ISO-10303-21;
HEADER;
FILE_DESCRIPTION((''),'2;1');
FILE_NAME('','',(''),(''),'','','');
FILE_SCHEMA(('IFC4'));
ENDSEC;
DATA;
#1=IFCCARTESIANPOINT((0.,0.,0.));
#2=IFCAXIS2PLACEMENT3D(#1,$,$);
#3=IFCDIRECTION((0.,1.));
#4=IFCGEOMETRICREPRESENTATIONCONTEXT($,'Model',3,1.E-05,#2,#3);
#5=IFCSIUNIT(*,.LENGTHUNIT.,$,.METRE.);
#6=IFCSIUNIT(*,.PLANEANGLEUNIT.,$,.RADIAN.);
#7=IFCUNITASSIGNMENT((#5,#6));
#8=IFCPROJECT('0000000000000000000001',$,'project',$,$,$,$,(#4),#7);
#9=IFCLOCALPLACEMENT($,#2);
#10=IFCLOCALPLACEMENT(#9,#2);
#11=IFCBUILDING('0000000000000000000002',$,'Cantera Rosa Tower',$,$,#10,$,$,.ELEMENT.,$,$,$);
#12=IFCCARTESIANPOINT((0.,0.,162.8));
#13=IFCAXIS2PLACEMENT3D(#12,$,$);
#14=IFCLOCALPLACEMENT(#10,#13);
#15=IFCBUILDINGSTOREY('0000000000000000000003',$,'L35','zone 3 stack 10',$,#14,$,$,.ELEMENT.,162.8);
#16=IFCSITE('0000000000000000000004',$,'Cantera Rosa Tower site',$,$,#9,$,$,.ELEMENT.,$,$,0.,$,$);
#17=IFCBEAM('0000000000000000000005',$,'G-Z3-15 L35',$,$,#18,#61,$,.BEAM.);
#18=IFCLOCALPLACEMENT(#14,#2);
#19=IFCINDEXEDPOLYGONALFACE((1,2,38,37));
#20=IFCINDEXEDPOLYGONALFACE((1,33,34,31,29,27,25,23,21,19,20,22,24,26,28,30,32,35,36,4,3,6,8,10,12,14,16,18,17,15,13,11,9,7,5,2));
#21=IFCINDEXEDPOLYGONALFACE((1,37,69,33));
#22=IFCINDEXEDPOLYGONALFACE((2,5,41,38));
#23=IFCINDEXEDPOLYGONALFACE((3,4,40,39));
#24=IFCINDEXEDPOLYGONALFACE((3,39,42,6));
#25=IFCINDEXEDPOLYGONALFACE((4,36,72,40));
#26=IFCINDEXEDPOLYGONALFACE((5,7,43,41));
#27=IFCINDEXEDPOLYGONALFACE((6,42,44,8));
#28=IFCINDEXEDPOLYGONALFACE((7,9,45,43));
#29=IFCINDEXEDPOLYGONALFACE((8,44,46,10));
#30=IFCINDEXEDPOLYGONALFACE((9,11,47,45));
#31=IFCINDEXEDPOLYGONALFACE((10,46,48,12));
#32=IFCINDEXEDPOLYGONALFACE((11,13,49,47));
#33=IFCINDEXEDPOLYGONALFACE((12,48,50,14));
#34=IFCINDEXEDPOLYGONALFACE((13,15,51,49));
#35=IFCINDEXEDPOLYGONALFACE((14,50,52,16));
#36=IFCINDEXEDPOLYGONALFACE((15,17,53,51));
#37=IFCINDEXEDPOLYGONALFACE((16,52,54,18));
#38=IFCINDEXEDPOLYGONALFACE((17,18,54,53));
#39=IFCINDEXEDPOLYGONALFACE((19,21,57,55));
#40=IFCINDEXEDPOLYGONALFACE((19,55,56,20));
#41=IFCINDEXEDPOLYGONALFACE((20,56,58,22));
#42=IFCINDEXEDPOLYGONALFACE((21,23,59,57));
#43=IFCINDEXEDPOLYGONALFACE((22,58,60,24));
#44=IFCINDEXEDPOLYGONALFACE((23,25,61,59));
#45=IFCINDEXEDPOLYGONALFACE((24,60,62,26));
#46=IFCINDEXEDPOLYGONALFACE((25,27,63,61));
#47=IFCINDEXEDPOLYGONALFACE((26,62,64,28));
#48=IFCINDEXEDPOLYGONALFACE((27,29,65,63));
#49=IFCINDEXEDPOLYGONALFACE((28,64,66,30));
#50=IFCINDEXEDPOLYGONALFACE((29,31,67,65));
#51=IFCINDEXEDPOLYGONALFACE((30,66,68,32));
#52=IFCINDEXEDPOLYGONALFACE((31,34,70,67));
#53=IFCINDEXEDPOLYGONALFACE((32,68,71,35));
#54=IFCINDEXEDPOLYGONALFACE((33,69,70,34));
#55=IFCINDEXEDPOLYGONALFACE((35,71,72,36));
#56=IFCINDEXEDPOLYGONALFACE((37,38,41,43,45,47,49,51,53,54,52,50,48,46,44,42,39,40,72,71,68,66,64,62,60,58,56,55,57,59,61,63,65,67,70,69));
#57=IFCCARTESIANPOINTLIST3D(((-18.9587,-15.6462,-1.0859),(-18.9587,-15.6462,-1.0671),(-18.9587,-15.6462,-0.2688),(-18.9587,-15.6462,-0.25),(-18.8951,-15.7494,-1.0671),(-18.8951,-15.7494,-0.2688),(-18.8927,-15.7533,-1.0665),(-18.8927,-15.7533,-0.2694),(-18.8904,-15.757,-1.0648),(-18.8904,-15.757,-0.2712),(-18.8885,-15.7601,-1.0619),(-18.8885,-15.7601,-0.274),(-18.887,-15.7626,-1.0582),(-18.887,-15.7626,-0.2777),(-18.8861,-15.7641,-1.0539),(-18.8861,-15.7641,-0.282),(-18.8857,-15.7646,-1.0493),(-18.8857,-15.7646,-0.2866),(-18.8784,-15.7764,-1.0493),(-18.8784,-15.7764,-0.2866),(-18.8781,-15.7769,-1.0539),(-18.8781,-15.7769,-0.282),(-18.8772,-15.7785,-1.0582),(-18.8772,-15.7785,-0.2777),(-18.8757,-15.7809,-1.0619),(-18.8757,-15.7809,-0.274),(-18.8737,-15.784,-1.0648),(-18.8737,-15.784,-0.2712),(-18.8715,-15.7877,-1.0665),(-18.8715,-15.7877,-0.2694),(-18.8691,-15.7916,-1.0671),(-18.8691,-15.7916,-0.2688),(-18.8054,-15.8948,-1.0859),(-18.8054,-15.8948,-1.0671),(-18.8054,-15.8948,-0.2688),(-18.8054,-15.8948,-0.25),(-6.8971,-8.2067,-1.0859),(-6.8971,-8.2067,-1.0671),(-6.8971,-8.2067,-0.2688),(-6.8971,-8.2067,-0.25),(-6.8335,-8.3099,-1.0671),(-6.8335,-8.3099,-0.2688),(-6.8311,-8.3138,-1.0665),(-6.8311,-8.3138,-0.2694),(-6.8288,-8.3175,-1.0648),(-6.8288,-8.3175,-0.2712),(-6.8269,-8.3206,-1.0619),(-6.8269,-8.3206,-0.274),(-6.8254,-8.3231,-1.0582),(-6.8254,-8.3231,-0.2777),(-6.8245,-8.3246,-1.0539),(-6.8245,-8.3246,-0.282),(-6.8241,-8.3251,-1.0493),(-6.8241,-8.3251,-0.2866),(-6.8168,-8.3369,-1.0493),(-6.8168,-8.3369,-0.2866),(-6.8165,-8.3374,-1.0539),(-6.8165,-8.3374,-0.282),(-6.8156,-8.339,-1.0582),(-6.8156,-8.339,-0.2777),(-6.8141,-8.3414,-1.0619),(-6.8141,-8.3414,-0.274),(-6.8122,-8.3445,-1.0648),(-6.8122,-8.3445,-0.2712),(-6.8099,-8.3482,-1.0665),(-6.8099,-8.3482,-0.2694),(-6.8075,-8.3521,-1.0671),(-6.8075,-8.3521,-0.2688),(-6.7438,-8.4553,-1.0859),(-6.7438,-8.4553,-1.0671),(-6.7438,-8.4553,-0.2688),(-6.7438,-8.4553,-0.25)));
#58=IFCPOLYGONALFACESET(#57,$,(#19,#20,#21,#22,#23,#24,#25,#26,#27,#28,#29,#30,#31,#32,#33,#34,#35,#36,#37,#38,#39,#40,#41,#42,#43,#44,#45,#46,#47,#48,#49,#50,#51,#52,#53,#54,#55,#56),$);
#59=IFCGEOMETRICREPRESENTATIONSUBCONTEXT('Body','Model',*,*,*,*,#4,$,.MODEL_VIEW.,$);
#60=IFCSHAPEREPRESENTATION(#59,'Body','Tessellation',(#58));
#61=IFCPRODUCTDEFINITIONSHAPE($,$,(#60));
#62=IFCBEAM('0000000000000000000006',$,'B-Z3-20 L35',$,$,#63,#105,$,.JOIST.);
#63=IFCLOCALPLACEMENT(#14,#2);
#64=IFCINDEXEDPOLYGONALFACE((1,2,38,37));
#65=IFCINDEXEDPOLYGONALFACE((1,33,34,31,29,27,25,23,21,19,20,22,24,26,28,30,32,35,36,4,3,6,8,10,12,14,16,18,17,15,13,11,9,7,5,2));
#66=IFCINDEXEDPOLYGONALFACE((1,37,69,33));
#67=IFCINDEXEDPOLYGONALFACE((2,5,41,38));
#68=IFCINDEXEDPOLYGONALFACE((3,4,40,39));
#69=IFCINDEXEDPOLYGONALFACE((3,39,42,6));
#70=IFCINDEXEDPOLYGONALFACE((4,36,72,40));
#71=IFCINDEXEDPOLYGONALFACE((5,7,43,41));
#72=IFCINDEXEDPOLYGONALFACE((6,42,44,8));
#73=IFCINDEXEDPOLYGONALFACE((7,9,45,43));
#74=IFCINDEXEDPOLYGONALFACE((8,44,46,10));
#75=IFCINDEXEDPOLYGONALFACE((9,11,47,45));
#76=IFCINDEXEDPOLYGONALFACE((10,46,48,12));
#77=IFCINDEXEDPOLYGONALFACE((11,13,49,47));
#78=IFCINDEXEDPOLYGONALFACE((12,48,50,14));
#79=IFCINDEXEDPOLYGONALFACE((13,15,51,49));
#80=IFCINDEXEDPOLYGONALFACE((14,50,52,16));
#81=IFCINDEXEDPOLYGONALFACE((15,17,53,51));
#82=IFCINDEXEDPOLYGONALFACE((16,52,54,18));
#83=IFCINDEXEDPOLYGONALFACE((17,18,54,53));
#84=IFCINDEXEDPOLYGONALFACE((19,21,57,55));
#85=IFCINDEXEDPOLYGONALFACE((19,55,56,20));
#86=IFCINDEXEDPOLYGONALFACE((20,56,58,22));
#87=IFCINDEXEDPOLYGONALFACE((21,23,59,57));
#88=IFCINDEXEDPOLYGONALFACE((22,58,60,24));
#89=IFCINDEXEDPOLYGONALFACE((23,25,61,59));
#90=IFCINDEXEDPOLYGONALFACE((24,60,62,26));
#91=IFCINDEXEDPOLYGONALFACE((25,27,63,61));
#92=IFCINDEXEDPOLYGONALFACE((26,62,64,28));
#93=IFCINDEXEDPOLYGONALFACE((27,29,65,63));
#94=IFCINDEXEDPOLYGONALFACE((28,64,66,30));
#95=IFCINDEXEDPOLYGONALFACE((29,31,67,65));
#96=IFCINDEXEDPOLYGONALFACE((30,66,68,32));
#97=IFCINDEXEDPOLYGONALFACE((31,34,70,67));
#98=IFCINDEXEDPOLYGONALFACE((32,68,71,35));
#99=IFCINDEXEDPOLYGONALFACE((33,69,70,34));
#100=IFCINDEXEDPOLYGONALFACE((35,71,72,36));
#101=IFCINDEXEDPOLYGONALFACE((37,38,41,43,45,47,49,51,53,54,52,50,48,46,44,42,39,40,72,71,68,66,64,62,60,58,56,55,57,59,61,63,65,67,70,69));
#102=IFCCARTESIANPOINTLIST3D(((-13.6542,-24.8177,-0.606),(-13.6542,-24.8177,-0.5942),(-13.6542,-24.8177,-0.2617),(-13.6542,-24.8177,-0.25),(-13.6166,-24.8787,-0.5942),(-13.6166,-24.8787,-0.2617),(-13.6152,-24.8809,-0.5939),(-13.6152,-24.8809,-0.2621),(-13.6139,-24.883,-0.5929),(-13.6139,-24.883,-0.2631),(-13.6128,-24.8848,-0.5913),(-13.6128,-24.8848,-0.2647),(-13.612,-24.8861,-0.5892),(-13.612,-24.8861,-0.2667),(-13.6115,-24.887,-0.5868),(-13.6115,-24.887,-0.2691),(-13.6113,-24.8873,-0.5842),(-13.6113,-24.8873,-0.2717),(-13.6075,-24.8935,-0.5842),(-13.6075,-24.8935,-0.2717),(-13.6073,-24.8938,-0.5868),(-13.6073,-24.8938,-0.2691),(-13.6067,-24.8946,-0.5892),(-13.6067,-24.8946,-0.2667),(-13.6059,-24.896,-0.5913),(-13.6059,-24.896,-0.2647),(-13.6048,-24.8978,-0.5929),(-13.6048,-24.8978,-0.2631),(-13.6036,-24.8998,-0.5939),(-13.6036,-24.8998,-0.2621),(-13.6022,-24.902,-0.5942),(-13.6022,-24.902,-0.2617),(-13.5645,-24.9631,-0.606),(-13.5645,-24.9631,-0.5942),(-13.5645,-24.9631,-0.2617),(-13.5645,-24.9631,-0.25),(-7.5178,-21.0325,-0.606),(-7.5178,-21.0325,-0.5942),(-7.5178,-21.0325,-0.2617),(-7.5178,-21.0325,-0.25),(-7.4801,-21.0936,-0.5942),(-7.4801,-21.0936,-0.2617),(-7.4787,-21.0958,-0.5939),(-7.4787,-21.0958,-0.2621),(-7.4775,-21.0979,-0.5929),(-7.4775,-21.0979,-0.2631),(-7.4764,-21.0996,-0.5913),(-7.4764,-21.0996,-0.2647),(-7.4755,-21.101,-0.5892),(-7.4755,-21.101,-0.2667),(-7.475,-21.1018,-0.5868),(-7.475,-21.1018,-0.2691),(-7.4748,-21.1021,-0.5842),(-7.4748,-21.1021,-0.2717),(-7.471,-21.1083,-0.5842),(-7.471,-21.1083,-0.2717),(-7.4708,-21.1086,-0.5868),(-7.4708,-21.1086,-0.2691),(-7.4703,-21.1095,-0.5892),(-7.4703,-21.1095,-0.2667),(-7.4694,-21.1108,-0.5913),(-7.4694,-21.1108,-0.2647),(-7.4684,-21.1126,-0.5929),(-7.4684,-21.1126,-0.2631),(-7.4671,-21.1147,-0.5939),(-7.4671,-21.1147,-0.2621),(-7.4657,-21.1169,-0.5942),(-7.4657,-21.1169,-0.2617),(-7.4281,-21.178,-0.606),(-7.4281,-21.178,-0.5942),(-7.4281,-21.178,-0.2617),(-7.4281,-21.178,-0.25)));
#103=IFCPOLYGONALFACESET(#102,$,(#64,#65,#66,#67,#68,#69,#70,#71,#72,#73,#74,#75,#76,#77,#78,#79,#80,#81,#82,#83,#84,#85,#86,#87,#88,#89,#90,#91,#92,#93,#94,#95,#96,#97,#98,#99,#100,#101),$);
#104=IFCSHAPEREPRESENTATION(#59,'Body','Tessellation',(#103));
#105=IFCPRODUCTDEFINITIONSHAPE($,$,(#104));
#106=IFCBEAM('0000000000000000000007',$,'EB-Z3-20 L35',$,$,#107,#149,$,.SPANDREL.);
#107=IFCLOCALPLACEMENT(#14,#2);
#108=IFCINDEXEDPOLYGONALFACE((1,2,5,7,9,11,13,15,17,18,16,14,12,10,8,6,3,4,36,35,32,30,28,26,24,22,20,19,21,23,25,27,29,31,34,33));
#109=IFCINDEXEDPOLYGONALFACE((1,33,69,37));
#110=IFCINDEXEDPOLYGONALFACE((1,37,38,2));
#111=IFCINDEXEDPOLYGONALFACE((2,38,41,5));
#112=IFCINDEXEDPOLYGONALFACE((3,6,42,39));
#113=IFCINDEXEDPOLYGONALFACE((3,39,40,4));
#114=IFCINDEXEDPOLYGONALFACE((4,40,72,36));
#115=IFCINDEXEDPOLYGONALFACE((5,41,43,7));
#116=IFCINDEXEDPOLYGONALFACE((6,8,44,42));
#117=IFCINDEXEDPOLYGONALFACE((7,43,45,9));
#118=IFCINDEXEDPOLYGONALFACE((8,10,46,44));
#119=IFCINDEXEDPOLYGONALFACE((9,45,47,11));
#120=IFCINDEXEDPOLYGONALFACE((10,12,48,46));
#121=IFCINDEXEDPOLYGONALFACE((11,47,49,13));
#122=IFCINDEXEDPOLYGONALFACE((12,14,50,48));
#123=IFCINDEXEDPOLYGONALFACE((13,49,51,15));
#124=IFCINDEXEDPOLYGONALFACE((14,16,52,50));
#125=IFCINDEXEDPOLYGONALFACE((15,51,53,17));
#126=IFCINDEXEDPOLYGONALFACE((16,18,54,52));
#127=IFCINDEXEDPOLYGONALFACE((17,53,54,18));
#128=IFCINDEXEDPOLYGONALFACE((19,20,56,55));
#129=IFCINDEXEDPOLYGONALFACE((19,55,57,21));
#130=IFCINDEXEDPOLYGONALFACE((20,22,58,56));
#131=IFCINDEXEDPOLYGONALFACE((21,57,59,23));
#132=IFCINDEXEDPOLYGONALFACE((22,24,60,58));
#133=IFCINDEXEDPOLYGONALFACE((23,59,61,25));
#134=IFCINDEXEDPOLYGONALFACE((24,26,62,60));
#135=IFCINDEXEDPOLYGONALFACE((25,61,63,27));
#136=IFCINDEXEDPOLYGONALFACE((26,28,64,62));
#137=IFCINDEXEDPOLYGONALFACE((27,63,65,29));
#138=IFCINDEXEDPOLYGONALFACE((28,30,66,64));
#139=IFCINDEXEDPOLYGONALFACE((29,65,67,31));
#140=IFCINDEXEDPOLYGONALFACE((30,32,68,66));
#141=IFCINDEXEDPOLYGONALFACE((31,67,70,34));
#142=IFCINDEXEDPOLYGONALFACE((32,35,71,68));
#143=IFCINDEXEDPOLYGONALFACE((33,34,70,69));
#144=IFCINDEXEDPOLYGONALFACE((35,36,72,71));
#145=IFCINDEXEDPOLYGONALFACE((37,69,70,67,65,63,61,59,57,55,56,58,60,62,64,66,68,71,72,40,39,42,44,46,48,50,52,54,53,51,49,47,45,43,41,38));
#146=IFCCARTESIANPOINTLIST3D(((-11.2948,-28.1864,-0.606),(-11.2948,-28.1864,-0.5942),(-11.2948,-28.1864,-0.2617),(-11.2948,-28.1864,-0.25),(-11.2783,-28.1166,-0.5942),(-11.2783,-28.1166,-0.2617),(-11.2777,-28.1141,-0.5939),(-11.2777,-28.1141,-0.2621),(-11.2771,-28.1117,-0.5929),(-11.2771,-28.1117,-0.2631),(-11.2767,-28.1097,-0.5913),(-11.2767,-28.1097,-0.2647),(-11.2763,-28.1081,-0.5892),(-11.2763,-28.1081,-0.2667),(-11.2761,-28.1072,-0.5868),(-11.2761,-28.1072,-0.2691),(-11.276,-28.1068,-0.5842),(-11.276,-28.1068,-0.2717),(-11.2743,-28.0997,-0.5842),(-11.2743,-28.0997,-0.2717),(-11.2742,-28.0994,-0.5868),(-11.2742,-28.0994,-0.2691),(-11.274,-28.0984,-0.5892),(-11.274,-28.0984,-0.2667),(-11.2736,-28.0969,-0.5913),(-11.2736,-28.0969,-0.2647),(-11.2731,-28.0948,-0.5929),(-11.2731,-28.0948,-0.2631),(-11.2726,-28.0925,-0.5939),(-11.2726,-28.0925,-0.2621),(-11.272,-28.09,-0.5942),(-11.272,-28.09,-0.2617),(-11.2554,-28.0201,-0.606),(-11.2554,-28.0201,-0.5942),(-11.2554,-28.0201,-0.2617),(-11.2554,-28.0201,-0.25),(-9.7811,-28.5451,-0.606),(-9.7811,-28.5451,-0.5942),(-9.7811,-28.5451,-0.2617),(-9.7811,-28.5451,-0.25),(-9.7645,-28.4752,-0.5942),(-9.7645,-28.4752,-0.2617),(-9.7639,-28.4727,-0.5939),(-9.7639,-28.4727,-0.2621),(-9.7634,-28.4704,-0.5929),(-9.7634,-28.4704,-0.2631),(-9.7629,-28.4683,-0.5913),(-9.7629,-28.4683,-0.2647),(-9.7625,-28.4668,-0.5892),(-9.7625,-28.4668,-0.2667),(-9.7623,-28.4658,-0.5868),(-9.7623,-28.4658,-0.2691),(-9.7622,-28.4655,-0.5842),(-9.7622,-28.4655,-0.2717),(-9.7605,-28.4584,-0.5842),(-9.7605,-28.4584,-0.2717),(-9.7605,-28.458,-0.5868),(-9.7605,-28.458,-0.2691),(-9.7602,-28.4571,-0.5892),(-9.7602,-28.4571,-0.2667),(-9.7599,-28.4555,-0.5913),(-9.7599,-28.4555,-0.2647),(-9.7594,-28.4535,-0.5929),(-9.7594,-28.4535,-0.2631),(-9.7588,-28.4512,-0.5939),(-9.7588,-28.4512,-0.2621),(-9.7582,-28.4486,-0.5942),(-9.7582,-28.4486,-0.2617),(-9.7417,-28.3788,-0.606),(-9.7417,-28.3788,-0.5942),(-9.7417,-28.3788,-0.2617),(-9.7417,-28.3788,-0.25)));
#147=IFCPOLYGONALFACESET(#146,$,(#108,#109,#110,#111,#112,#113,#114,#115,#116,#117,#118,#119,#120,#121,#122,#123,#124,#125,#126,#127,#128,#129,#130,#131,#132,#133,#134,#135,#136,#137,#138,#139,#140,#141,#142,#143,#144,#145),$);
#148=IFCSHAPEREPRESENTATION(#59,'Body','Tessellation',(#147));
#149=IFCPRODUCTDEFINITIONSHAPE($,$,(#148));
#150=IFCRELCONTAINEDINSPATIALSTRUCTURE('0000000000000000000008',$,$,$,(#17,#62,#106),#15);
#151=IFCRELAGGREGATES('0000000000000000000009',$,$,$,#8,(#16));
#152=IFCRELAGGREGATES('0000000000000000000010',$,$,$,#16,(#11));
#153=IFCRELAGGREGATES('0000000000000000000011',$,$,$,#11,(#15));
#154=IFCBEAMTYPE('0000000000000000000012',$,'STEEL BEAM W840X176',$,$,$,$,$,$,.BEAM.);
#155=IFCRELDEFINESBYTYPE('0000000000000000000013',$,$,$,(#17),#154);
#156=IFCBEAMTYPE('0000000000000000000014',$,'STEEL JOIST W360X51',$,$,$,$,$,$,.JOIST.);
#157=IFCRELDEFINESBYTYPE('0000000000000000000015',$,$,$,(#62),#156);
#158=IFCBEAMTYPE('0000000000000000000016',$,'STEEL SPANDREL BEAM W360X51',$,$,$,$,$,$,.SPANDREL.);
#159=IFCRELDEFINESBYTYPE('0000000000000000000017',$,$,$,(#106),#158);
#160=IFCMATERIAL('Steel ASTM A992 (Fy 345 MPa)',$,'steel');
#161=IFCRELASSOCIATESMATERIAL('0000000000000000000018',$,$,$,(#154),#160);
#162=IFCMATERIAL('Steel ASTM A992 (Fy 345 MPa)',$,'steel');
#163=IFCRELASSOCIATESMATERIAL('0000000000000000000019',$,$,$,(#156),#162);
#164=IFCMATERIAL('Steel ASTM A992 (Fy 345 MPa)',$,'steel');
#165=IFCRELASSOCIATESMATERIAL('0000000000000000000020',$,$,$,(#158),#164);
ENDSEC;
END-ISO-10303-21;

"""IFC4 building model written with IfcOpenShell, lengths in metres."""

from ifc_helpers import new_model, si_unit, direction, frame, origin, origin_2d, place, context, subcontext, project, spatial, i_section, extrude, material, material_profile, profile_set, type_object, element, save


model = new_model("IFC4")

# Units and contexts
model_context = context("Model", 3, precision=1e-05, world=origin(), true_north=direction((0.0, 1.0)))
body_context = subcontext(model_context, "Body", "Model", "MODEL_VIEW")
ifc_project = project(units=[si_unit("LENGTHUNIT", "METRE"), si_unit("PLANEANGLEUNIT", "RADIAN")], contexts=[model_context])

# Site, building, storey
site_placement = place(None, origin())
site = spatial("IfcSite", under=ifc_project, at=site_placement, Name="Cantera Rosa Tower site", CompositionType="ELEMENT", RefElevation=0.0)
building_placement = place(site_placement, origin())
building = spatial("IfcBuilding", under=site, at=building_placement, Name="Cantera Rosa Tower", CompositionType="ELEMENT")
storey_placement = place(building_placement, frame((0.0, 0.0, 162.8)))
storey = spatial("IfcBuildingStorey", under=building, at=storey_placement, Name="L35", Description="zone 3 stack 10", CompositionType="ELEMENT", Elevation=162.8)

# Beams
ifc_material_1 = material(Name="Steel ASTM A992 (Fy 345 MPa)", Category="steel")
ifc_material_profile_1 = material_profile(ifc_material_1, i_section(OverallWidth=0.292, OverallDepth=0.8359, WebThickness=0.0139, FlangeThickness=0.0188, FilletRadius=0.0178, at=origin_2d()), Name="W840X176")
ifc_profile_set_1 = profile_set([ifc_material_profile_1], Name="Steel ASTM A992 (Fy 345 MPa)")
beam_type_1 = type_object("IfcBeamType", Name="STEEL BEAM W840X176", PredefinedType="BEAM", material=ifc_profile_set_1)
beam_1_placement = place(storey_placement, frame((-18.8821, -15.7705, -0.668), z_axis=(0.851123, 0.524966, 0.0), x_axis=(-0.524966, 0.851123, 0.0)))
element("IfcBeam", 1, at=beam_1_placement, inside=storey, type_object=beam_type_1, Name="G-Z3-15 L35", PredefinedType="BEAM", context=body_context, shape_type="SweptSolid", body=[
    extrude(i_section(OverallWidth=0.292, OverallDepth=0.8359, WebThickness=0.0139, FlangeThickness=0.0188, FilletRadius=0.0178, at=origin_2d()), origin(), (0.0, 0.0, 1.0), 14.1714),
])
ifc_material_2 = material(Name="Steel ASTM A992 (Fy 345 MPa)", Category="steel")
ifc_material_profile_2 = material_profile(ifc_material_2, i_section(OverallWidth=0.1709, OverallDepth=0.356, WebThickness=0.0073, FlangeThickness=0.0117, FilletRadius=0.01, at=origin_2d()), Name="W360X51")
ifc_profile_set_2 = profile_set([ifc_material_profile_2], Name="Steel ASTM A992 (Fy 345 MPa)")
beam_type_2 = type_object("IfcBeamType", Name="STEEL JOIST W360X51", PredefinedType="JOIST", material=ifc_profile_set_2)
beam_2_placement = place(storey_placement, frame((-13.6094, -24.8904, -0.428), z_axis=(0.851109, 0.524989, 0.0), x_axis=(-0.524989, 0.851109, 0.0)))
element("IfcBeam", 2, at=beam_2_placement, inside=storey, type_object=beam_type_2, Name="B-Z3-20 L35", PredefinedType="JOIST", context=body_context, shape_type="SweptSolid", body=[
    extrude(i_section(OverallWidth=0.1709, OverallDepth=0.356, WebThickness=0.0073, FlangeThickness=0.0117, FilletRadius=0.01, at=origin_2d()), origin(), (0.0, 0.0, 1.0), 7.21),
])
ifc_material_3 = material(Name="Steel ASTM A992 (Fy 345 MPa)", Category="steel")
ifc_material_profile_3 = material_profile(ifc_material_3, i_section(OverallWidth=0.1709, OverallDepth=0.356, WebThickness=0.0073, FlangeThickness=0.0117, FilletRadius=0.01, at=origin_2d()), Name="W360X51")
ifc_profile_set_3 = profile_set([ifc_material_profile_3], Name="Steel ASTM A992 (Fy 345 MPa)")
beam_type_3 = type_object("IfcBeamType", Name="STEEL SPANDREL BEAM W360X51", PredefinedType="SPANDREL", material=ifc_profile_set_3)
beam_3_placement = place(storey_placement, frame((-11.2751, -28.1033, -0.428), z_axis=(0.97306, -0.230552, 0.0), x_axis=(0.230552, 0.97306, 0.0)))
element("IfcBeam", 3, at=beam_3_placement, inside=storey, type_object=beam_type_3, Name="EB-Z3-20 L35", PredefinedType="SPANDREL", context=body_context, shape_type="SweptSolid", body=[
    extrude(i_section(OverallWidth=0.1709, OverallDepth=0.356, WebThickness=0.0073, FlangeThickness=0.0117, FilletRadius=0.01, at=origin_2d()), origin(), (0.0, 0.0, 1.0), 1.5557),
])

save(model, "model.ifc")
